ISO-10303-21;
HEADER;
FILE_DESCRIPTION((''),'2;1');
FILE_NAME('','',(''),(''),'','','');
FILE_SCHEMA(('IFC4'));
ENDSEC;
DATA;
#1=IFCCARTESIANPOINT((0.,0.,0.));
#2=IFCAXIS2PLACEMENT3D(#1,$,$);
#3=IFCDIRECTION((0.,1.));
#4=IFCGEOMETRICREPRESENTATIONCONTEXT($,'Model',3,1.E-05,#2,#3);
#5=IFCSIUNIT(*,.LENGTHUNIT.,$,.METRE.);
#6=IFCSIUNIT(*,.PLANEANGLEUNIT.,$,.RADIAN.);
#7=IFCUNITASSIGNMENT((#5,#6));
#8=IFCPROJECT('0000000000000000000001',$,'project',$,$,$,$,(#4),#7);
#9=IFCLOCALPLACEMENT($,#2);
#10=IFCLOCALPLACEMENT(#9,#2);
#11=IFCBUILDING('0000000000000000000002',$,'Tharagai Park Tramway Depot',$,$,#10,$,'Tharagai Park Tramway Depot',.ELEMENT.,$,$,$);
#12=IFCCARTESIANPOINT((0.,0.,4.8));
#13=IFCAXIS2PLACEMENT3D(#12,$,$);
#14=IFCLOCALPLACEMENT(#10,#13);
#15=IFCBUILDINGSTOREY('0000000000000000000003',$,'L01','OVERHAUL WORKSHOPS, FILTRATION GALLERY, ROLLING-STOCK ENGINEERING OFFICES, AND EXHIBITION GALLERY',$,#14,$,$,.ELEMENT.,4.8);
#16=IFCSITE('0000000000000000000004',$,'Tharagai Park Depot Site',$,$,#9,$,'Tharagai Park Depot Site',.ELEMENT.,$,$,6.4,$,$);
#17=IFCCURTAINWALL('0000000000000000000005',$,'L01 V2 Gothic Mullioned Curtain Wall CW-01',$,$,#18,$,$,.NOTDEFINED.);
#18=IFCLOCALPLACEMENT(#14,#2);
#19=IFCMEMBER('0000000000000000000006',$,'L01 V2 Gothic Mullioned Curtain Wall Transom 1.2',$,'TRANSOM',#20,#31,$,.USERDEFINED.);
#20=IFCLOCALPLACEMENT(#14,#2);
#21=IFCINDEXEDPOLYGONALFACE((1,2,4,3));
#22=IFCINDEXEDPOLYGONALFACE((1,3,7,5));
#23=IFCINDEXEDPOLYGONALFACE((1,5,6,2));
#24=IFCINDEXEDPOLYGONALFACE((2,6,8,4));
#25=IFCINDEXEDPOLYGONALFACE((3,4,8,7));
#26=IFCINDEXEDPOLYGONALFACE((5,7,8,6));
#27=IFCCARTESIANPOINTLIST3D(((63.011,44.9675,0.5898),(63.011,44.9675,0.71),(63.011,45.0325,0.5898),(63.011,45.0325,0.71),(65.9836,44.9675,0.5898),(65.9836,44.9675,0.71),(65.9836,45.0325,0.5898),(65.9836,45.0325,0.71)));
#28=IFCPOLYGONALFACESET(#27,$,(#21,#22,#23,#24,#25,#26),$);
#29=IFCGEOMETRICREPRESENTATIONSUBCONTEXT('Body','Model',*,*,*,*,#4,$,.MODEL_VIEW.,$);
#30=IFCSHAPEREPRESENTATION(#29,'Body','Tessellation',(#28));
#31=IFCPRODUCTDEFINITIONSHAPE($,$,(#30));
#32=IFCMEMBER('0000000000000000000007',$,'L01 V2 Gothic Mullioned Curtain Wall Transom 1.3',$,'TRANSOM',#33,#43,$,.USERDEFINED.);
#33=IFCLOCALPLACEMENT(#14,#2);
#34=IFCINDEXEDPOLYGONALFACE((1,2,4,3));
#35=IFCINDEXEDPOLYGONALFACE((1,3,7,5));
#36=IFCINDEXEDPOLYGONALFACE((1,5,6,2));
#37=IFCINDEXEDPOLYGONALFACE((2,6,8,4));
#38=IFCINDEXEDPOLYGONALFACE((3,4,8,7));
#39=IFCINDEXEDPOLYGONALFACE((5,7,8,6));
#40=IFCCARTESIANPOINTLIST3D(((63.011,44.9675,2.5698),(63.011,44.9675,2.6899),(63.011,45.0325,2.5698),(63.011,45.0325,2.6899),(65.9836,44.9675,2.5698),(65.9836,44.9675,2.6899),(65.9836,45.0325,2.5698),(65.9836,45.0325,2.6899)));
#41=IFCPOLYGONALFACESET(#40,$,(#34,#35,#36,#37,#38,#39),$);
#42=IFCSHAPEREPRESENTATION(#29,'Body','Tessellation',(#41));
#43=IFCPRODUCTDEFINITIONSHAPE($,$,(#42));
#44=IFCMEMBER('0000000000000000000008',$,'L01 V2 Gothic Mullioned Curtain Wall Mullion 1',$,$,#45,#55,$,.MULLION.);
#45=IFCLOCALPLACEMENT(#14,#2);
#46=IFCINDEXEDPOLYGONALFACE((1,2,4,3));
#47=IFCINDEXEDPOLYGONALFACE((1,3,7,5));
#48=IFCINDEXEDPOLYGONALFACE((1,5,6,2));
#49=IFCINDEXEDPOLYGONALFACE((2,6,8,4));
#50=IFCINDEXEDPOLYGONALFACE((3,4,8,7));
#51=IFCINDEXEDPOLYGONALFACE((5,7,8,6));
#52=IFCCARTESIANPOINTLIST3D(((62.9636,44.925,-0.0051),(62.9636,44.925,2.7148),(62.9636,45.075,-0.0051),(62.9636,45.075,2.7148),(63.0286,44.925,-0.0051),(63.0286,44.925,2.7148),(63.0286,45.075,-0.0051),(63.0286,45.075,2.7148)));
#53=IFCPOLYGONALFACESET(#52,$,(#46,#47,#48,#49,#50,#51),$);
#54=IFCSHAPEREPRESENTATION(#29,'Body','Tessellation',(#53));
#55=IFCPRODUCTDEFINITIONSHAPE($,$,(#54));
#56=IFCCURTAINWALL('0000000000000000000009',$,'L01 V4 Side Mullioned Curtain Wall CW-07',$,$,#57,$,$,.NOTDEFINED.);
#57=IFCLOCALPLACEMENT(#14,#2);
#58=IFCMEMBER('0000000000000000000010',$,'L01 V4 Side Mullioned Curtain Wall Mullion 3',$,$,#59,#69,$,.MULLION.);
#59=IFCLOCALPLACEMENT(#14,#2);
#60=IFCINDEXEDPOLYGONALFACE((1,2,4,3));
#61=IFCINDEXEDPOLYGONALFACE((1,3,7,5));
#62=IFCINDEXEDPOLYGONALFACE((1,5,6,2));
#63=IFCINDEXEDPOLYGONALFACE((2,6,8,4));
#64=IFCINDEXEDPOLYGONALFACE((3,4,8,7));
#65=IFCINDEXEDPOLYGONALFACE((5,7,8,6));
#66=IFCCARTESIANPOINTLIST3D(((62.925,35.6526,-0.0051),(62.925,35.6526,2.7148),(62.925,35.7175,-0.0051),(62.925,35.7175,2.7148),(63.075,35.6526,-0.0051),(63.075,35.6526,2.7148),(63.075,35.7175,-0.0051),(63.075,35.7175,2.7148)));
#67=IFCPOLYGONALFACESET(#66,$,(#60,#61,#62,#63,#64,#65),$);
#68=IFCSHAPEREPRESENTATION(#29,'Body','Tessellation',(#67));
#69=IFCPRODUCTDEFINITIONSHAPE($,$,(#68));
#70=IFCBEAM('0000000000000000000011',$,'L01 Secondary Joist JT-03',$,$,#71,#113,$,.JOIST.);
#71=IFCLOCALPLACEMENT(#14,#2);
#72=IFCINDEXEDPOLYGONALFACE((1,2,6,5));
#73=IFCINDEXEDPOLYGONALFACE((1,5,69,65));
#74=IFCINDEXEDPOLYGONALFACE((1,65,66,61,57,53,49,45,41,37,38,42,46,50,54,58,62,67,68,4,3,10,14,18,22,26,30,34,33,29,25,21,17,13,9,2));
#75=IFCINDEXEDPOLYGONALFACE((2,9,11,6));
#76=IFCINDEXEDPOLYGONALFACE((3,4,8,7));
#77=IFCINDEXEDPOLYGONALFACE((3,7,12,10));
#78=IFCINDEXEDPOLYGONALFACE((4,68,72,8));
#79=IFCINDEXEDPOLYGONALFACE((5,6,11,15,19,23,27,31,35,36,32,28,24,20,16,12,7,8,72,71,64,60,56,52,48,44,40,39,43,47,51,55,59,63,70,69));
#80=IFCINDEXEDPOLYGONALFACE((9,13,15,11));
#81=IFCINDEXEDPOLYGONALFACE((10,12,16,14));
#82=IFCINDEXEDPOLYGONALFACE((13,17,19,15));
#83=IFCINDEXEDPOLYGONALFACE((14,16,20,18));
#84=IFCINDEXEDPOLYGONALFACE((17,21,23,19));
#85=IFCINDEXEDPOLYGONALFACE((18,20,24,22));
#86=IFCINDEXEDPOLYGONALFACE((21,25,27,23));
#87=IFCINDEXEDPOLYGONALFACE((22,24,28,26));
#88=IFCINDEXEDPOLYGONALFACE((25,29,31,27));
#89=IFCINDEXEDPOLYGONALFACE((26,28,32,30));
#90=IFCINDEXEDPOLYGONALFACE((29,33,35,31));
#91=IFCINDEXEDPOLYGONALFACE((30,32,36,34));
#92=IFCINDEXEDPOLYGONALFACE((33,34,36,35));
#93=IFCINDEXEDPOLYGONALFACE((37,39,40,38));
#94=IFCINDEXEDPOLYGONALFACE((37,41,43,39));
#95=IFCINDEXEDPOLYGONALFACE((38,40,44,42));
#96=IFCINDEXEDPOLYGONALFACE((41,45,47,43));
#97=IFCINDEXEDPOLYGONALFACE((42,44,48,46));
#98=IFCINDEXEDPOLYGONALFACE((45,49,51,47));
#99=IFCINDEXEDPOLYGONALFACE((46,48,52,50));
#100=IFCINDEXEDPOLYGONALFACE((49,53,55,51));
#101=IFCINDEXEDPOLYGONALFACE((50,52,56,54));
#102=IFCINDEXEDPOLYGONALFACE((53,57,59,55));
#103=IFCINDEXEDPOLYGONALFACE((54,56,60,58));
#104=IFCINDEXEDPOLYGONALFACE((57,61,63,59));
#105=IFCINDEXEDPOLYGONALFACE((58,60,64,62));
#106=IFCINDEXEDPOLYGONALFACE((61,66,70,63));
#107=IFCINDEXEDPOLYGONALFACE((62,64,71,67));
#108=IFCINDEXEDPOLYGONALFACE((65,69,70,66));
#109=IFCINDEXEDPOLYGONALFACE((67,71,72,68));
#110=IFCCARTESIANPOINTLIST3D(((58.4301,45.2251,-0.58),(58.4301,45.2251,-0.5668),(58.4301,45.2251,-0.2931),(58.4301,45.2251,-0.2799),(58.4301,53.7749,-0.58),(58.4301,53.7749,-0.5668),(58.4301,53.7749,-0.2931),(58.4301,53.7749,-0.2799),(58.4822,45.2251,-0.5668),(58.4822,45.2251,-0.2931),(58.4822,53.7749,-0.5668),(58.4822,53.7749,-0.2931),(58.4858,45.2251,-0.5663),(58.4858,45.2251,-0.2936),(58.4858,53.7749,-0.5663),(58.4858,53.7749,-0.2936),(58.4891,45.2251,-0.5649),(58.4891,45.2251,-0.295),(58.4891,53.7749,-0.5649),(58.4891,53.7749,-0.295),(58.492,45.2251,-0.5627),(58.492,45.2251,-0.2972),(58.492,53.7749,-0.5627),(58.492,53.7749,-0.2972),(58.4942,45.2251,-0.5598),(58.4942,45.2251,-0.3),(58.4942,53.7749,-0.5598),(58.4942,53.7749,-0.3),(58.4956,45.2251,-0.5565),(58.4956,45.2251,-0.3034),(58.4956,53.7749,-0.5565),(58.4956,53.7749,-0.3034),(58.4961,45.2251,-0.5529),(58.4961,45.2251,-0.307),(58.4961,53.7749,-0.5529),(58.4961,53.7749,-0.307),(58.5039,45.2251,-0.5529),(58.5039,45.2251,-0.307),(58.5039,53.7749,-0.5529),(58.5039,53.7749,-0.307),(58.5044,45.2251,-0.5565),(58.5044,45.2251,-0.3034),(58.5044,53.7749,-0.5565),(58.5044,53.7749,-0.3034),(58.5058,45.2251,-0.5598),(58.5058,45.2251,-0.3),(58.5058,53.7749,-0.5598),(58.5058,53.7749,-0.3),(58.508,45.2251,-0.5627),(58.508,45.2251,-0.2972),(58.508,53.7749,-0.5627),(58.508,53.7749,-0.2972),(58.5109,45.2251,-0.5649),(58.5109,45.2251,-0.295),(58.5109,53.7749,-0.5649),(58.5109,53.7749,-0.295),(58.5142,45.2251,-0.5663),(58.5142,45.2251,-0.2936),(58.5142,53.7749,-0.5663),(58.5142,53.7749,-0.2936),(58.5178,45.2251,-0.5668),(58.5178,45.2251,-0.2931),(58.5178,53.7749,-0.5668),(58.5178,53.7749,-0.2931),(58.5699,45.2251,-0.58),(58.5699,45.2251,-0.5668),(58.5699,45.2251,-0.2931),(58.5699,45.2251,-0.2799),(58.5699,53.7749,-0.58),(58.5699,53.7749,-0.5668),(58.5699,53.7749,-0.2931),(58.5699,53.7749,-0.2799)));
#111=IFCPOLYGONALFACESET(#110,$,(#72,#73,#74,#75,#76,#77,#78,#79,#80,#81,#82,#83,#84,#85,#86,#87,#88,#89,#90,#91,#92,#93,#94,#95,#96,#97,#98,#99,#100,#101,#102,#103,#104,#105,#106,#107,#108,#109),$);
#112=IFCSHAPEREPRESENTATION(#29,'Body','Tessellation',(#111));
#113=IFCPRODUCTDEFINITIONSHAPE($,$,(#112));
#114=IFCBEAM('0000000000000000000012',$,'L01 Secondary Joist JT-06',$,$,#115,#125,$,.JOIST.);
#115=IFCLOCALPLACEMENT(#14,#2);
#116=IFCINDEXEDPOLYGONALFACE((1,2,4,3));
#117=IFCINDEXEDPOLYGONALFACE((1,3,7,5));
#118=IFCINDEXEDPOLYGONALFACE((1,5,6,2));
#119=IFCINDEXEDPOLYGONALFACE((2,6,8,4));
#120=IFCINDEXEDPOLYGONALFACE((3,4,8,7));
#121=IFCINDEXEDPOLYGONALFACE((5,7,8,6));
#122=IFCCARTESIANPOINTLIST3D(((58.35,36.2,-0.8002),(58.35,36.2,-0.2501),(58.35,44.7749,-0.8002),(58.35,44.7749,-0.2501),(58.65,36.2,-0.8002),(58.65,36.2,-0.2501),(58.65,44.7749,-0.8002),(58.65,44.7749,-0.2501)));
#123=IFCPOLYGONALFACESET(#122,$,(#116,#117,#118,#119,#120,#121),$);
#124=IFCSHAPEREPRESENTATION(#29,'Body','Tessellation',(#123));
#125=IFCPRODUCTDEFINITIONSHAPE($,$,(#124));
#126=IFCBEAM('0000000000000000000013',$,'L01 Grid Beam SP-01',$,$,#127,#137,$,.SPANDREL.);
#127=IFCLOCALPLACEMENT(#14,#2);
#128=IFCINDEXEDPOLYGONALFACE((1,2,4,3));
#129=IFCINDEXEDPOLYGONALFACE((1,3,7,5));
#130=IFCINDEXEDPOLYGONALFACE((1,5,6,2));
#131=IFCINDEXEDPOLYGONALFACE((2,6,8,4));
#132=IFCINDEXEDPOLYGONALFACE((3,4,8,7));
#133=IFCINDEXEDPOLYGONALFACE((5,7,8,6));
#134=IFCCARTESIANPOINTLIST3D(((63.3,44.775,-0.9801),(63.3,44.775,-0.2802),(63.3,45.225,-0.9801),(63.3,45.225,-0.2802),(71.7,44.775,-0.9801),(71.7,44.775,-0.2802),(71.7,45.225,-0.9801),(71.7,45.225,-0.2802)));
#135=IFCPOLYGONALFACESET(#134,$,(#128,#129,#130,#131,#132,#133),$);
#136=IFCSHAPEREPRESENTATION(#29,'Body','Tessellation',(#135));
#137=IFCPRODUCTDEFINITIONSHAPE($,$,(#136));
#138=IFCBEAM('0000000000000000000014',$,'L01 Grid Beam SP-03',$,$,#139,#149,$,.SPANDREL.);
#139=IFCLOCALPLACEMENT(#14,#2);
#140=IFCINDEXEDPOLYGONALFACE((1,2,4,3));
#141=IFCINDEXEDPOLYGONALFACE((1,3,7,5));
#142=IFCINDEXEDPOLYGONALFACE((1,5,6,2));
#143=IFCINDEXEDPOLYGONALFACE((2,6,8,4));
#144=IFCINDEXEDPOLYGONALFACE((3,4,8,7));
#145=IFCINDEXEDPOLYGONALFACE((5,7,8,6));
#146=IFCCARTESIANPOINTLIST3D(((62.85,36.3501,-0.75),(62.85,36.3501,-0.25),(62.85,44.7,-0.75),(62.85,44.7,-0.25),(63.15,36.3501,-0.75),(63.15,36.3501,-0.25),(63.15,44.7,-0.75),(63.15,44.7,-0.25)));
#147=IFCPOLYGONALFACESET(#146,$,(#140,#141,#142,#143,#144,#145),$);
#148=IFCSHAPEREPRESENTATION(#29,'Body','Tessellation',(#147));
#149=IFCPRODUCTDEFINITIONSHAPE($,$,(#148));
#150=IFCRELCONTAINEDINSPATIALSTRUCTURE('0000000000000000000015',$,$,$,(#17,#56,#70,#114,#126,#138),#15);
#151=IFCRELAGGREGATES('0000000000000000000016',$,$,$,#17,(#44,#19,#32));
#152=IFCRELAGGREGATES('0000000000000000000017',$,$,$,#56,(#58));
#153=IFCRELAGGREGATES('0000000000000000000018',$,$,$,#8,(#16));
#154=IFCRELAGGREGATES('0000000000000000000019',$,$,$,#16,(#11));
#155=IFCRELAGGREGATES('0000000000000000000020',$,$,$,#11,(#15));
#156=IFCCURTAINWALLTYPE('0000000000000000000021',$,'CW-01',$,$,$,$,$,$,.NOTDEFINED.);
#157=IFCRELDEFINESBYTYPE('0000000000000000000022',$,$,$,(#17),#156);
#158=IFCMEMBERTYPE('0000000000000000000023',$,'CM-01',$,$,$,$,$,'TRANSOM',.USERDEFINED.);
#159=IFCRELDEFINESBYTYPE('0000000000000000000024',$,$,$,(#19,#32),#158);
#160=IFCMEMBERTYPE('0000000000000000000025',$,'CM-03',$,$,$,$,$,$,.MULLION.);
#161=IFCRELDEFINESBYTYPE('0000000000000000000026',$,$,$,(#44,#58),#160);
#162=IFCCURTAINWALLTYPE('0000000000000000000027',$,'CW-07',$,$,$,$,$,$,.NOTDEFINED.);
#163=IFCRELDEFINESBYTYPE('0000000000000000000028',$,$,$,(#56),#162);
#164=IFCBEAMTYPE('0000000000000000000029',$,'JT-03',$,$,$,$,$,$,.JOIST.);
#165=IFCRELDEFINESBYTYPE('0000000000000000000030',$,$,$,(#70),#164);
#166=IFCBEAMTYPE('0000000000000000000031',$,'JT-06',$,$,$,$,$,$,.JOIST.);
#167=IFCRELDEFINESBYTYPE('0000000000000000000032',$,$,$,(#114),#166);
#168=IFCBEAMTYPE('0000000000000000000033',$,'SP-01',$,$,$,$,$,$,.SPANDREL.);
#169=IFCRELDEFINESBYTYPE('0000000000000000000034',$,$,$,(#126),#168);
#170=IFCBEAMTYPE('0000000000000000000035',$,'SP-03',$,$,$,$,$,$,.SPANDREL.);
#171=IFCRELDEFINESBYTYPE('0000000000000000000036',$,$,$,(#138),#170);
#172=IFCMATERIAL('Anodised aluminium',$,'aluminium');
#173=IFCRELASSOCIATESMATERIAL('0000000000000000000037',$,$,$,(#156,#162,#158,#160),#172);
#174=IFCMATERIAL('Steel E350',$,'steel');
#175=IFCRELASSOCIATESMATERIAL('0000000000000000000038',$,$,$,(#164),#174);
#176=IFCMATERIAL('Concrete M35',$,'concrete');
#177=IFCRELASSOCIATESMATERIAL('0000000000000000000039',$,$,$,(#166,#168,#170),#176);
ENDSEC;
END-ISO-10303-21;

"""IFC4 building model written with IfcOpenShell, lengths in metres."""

from ifc_helpers import new_model, si_unit, direction, frame, origin, origin_2d, place, context, subcontext, project, spatial, rectangle, i_section, extrude, material, material_profile, profile_set, type_object, element, aggregate, save


model = new_model("IFC4")

# Units and contexts
model_context = context("Model", 3, precision=1e-05, world=origin(), true_north=direction((0.0, 1.0)))
body_context = subcontext(model_context, "Body", "Model", "MODEL_VIEW")
ifc_project = project(units=[si_unit("LENGTHUNIT", "METRE"), si_unit("PLANEANGLEUNIT", "RADIAN")], contexts=[model_context])

# Site, building, storey
site_placement = place(None, origin())
site = spatial("IfcSite", under=ifc_project, at=site_placement, Name="Tharagai Park Depot Site", LongName="Tharagai Park Depot Site", CompositionType="ELEMENT", RefElevation=6.4)
building_placement = place(site_placement, origin())
building = spatial("IfcBuilding", under=site, at=building_placement, Name="Tharagai Park Tramway Depot", LongName="Tharagai Park Tramway Depot", CompositionType="ELEMENT")
storey_placement = place(building_placement, frame((0.0, 0.0, 4.8)))
storey = spatial("IfcBuildingStorey", under=building, at=storey_placement, Name="L01", Description="OVERHAUL WORKSHOPS, FILTRATION GALLERY, ROLLING-STOCK ENGINEERING OFFICES, AND EXHIBITION GALLERY", CompositionType="ELEMENT", Elevation=4.8)

# Shared definitions
ifc_material_1 = material(Name="Steel E350", Category="steel")

# Shared definitions
ifc_material_2 = material(Name="Concrete M35", Category="concrete")

# Curtain wall, members
ifc_material_3 = material(Name="Anodised aluminium", Category="aluminium")
curtain_wall_type_1 = type_object("IfcCurtainWallType", Name="CW-01", PredefinedType="NOTDEFINED", material=ifc_material_3)
curtain_wall_1_placement = place(storey_placement, origin())
curtain_wall_1 = element("IfcCurtainWall", 1, at=curtain_wall_1_placement, inside=storey, type_object=curtain_wall_type_1, Name="L01 V2 Gothic Mullioned Curtain Wall CW-01", PredefinedType="NOTDEFINED")
ifc_material_profile_1 = material_profile(ifc_material_3, rectangle(XDim=0.0649, YDim=0.1201, at=origin_2d()), Name="ALU 65x120")
ifc_profile_set_1 = profile_set([ifc_material_profile_1], Name="Anodised aluminium")
member_type_1 = type_object("IfcMemberType", Name="CM-01", ElementType="TRANSOM", PredefinedType="USERDEFINED", material=ifc_profile_set_1)
member_1_placement = place(storey_placement, frame((63.011, 45.0, 0.6499), z_axis=(1.0, 0.0, 0.0), x_axis=(0.0, 1.0, 0.0)))
member_1 = element("IfcMember", 2, at=member_1_placement, type_object=member_type_1, Name="L01 V2 Gothic Mullioned Curtain Wall Transom 1.2", ObjectType="TRANSOM", PredefinedType="USERDEFINED", context=body_context, shape_type="SweptSolid", body=[
    extrude(rectangle(XDim=0.0649, YDim=0.1201, at=origin_2d()), origin(), (0.0, 0.0, 1.0), 2.9727),
])
member_2_placement = place(storey_placement, frame((63.011, 45.0, 2.6299), z_axis=(1.0, 0.0, 0.0), x_axis=(0.0, 1.0, 0.0)))
member_2 = element("IfcMember", 3, at=member_2_placement, type_object=member_type_1, Name="L01 V2 Gothic Mullioned Curtain Wall Transom 1.3", ObjectType="TRANSOM", PredefinedType="USERDEFINED", context=body_context, shape_type="SweptSolid", body=[
    extrude(rectangle(XDim=0.0649, YDim=0.1201, at=origin_2d()), origin(), (0.0, 0.0, 1.0), 2.9727),
])
ifc_material_profile_2 = material_profile(ifc_material_3, rectangle(XDim=0.0649, YDim=0.1499, at=origin_2d()), Name="ALU 65x150")
ifc_profile_set_2 = profile_set([ifc_material_profile_2], Name="Anodised aluminium")
member_type_2 = type_object("IfcMemberType", Name="CM-03", PredefinedType="MULLION", material=ifc_profile_set_2)
member_3_placement = place(storey_placement, frame((62.9961, 45.0, -0.0051), z_axis=(0.0, 0.0, 1.0), x_axis=(1.0, 0.0, 0.0)))
member_3 = element("IfcMember", 4, at=member_3_placement, type_object=member_type_2, Name="L01 V2 Gothic Mullioned Curtain Wall Mullion 1", PredefinedType="MULLION", context=body_context, shape_type="SweptSolid", body=[
    extrude(rectangle(XDim=0.0649, YDim=0.1499, at=origin_2d()), origin(), (0.0, 0.0, 1.0), 2.72),
])
aggregate(curtain_wall_1, [member_3, member_1, member_2])

# Curtain wall, member
curtain_wall_type_2 = type_object("IfcCurtainWallType", Name="CW-07", PredefinedType="NOTDEFINED", material=ifc_material_3)
curtain_wall_2_placement = place(storey_placement, origin())
curtain_wall_2 = element("IfcCurtainWall", 5, at=curtain_wall_2_placement, inside=storey, type_object=curtain_wall_type_2, Name="L01 V4 Side Mullioned Curtain Wall CW-07", PredefinedType="NOTDEFINED")
member_4_placement = place(storey_placement, frame((63.0, 35.6851, -0.0051), z_axis=(0.0, 0.0, 1.0), x_axis=(0.0, 1.0, 0.0)))
member_4 = element("IfcMember", 6, at=member_4_placement, type_object=member_type_2, Name="L01 V4 Side Mullioned Curtain Wall Mullion 3", PredefinedType="MULLION", context=body_context, shape_type="SweptSolid", body=[
    extrude(rectangle(XDim=0.0649, YDim=0.1499, at=origin_2d()), origin(), (0.0, 0.0, 1.0), 2.72),
])
aggregate(curtain_wall_2, [member_4])

# Beams
ifc_material_profile_3 = material_profile(ifc_material_1, i_section(OverallWidth=0.1399, OverallDepth=0.3, WebThickness=0.0078, FlangeThickness=0.0132, FilletRadius=0.0139, at=origin_2d()), Name="ISMB 300")
ifc_profile_set_3 = profile_set([ifc_material_profile_3], Name="Steel E350")
beam_type_1 = type_object("IfcBeamType", Name="JT-03", PredefinedType="JOIST", material=ifc_profile_set_3)
beam_1_placement = place(storey_placement, frame((58.5, 45.2251, -0.4299), z_axis=(0.0, 1.0, 0.0), x_axis=(-1.0, 0.0, 0.0)))
element("IfcBeam", 7, at=beam_1_placement, inside=storey, type_object=beam_type_1, Name="L01 Secondary Joist JT-03", PredefinedType="JOIST", context=body_context, shape_type="SweptSolid", body=[
    extrude(i_section(OverallWidth=0.1399, OverallDepth=0.3, WebThickness=0.0078, FlangeThickness=0.0132, FilletRadius=0.0139, at=origin_2d()), origin(), (0.0, 0.0, 1.0), 8.5498),
])
ifc_material_profile_4 = material_profile(ifc_material_2, rectangle(XDim=0.3, YDim=0.55, at=origin_2d()), Name="RC 300x550")
ifc_profile_set_4 = profile_set([ifc_material_profile_4], Name="Concrete M35")
beam_type_2 = type_object("IfcBeamType", Name="JT-06", PredefinedType="JOIST", material=ifc_profile_set_4)
beam_2_placement = place(storey_placement, frame((58.5, 36.2, -0.5251), z_axis=(0.0, 1.0, 0.0), x_axis=(-1.0, 0.0, 0.0)))
element("IfcBeam", 8, at=beam_2_placement, inside=storey, type_object=beam_type_2, Name="L01 Secondary Joist JT-06", PredefinedType="JOIST", context=body_context, shape_type="SweptSolid", body=[
    extrude(rectangle(XDim=0.3, YDim=0.55, at=origin_2d()), origin(), (0.0, 0.0, 1.0), 8.575),
])
ifc_material_profile_5 = material_profile(ifc_material_2, rectangle(XDim=0.45, YDim=0.7, at=origin_2d()), Name="RC 450x700")
ifc_profile_set_5 = profile_set([ifc_material_profile_5], Name="Concrete M35")
beam_type_3 = type_object("IfcBeamType", Name="SP-01", PredefinedType="SPANDREL", material=ifc_profile_set_5)
beam_3_placement = place(storey_placement, frame((63.3, 45.0, -0.6301), z_axis=(1.0, 0.0, 0.0), x_axis=(0.0, 1.0, 0.0)))
element("IfcBeam", 9, at=beam_3_placement, inside=storey, type_object=beam_type_3, Name="L01 Grid Beam SP-01", PredefinedType="SPANDREL", context=body_context, shape_type="SweptSolid", body=[
    extrude(rectangle(XDim=0.45, YDim=0.7, at=origin_2d()), origin(), (0.0, 0.0, 1.0), 8.3999),
])
ifc_material_profile_6 = material_profile(ifc_material_2, rectangle(XDim=0.3, YDim=0.5, at=origin_2d()), Name="RC 300x500")
ifc_profile_set_6 = profile_set([ifc_material_profile_6], Name="Concrete M35")
beam_type_4 = type_object("IfcBeamType", Name="SP-03", PredefinedType="SPANDREL", material=ifc_profile_set_6)
beam_4_placement = place(storey_placement, frame((63.0, 36.3501, -0.5), z_axis=(0.0, 1.0, 0.0), x_axis=(-1.0, 0.0, 0.0)))
element("IfcBeam", 10, at=beam_4_placement, inside=storey, type_object=beam_type_4, Name="L01 Grid Beam SP-03", PredefinedType="SPANDREL", context=body_context, shape_type="SweptSolid", body=[
    extrude(rectangle(XDim=0.3, YDim=0.5, at=origin_2d()), origin(), (0.0, 0.0, 1.0), 8.3499),
])

save(model, "model.ifc")
